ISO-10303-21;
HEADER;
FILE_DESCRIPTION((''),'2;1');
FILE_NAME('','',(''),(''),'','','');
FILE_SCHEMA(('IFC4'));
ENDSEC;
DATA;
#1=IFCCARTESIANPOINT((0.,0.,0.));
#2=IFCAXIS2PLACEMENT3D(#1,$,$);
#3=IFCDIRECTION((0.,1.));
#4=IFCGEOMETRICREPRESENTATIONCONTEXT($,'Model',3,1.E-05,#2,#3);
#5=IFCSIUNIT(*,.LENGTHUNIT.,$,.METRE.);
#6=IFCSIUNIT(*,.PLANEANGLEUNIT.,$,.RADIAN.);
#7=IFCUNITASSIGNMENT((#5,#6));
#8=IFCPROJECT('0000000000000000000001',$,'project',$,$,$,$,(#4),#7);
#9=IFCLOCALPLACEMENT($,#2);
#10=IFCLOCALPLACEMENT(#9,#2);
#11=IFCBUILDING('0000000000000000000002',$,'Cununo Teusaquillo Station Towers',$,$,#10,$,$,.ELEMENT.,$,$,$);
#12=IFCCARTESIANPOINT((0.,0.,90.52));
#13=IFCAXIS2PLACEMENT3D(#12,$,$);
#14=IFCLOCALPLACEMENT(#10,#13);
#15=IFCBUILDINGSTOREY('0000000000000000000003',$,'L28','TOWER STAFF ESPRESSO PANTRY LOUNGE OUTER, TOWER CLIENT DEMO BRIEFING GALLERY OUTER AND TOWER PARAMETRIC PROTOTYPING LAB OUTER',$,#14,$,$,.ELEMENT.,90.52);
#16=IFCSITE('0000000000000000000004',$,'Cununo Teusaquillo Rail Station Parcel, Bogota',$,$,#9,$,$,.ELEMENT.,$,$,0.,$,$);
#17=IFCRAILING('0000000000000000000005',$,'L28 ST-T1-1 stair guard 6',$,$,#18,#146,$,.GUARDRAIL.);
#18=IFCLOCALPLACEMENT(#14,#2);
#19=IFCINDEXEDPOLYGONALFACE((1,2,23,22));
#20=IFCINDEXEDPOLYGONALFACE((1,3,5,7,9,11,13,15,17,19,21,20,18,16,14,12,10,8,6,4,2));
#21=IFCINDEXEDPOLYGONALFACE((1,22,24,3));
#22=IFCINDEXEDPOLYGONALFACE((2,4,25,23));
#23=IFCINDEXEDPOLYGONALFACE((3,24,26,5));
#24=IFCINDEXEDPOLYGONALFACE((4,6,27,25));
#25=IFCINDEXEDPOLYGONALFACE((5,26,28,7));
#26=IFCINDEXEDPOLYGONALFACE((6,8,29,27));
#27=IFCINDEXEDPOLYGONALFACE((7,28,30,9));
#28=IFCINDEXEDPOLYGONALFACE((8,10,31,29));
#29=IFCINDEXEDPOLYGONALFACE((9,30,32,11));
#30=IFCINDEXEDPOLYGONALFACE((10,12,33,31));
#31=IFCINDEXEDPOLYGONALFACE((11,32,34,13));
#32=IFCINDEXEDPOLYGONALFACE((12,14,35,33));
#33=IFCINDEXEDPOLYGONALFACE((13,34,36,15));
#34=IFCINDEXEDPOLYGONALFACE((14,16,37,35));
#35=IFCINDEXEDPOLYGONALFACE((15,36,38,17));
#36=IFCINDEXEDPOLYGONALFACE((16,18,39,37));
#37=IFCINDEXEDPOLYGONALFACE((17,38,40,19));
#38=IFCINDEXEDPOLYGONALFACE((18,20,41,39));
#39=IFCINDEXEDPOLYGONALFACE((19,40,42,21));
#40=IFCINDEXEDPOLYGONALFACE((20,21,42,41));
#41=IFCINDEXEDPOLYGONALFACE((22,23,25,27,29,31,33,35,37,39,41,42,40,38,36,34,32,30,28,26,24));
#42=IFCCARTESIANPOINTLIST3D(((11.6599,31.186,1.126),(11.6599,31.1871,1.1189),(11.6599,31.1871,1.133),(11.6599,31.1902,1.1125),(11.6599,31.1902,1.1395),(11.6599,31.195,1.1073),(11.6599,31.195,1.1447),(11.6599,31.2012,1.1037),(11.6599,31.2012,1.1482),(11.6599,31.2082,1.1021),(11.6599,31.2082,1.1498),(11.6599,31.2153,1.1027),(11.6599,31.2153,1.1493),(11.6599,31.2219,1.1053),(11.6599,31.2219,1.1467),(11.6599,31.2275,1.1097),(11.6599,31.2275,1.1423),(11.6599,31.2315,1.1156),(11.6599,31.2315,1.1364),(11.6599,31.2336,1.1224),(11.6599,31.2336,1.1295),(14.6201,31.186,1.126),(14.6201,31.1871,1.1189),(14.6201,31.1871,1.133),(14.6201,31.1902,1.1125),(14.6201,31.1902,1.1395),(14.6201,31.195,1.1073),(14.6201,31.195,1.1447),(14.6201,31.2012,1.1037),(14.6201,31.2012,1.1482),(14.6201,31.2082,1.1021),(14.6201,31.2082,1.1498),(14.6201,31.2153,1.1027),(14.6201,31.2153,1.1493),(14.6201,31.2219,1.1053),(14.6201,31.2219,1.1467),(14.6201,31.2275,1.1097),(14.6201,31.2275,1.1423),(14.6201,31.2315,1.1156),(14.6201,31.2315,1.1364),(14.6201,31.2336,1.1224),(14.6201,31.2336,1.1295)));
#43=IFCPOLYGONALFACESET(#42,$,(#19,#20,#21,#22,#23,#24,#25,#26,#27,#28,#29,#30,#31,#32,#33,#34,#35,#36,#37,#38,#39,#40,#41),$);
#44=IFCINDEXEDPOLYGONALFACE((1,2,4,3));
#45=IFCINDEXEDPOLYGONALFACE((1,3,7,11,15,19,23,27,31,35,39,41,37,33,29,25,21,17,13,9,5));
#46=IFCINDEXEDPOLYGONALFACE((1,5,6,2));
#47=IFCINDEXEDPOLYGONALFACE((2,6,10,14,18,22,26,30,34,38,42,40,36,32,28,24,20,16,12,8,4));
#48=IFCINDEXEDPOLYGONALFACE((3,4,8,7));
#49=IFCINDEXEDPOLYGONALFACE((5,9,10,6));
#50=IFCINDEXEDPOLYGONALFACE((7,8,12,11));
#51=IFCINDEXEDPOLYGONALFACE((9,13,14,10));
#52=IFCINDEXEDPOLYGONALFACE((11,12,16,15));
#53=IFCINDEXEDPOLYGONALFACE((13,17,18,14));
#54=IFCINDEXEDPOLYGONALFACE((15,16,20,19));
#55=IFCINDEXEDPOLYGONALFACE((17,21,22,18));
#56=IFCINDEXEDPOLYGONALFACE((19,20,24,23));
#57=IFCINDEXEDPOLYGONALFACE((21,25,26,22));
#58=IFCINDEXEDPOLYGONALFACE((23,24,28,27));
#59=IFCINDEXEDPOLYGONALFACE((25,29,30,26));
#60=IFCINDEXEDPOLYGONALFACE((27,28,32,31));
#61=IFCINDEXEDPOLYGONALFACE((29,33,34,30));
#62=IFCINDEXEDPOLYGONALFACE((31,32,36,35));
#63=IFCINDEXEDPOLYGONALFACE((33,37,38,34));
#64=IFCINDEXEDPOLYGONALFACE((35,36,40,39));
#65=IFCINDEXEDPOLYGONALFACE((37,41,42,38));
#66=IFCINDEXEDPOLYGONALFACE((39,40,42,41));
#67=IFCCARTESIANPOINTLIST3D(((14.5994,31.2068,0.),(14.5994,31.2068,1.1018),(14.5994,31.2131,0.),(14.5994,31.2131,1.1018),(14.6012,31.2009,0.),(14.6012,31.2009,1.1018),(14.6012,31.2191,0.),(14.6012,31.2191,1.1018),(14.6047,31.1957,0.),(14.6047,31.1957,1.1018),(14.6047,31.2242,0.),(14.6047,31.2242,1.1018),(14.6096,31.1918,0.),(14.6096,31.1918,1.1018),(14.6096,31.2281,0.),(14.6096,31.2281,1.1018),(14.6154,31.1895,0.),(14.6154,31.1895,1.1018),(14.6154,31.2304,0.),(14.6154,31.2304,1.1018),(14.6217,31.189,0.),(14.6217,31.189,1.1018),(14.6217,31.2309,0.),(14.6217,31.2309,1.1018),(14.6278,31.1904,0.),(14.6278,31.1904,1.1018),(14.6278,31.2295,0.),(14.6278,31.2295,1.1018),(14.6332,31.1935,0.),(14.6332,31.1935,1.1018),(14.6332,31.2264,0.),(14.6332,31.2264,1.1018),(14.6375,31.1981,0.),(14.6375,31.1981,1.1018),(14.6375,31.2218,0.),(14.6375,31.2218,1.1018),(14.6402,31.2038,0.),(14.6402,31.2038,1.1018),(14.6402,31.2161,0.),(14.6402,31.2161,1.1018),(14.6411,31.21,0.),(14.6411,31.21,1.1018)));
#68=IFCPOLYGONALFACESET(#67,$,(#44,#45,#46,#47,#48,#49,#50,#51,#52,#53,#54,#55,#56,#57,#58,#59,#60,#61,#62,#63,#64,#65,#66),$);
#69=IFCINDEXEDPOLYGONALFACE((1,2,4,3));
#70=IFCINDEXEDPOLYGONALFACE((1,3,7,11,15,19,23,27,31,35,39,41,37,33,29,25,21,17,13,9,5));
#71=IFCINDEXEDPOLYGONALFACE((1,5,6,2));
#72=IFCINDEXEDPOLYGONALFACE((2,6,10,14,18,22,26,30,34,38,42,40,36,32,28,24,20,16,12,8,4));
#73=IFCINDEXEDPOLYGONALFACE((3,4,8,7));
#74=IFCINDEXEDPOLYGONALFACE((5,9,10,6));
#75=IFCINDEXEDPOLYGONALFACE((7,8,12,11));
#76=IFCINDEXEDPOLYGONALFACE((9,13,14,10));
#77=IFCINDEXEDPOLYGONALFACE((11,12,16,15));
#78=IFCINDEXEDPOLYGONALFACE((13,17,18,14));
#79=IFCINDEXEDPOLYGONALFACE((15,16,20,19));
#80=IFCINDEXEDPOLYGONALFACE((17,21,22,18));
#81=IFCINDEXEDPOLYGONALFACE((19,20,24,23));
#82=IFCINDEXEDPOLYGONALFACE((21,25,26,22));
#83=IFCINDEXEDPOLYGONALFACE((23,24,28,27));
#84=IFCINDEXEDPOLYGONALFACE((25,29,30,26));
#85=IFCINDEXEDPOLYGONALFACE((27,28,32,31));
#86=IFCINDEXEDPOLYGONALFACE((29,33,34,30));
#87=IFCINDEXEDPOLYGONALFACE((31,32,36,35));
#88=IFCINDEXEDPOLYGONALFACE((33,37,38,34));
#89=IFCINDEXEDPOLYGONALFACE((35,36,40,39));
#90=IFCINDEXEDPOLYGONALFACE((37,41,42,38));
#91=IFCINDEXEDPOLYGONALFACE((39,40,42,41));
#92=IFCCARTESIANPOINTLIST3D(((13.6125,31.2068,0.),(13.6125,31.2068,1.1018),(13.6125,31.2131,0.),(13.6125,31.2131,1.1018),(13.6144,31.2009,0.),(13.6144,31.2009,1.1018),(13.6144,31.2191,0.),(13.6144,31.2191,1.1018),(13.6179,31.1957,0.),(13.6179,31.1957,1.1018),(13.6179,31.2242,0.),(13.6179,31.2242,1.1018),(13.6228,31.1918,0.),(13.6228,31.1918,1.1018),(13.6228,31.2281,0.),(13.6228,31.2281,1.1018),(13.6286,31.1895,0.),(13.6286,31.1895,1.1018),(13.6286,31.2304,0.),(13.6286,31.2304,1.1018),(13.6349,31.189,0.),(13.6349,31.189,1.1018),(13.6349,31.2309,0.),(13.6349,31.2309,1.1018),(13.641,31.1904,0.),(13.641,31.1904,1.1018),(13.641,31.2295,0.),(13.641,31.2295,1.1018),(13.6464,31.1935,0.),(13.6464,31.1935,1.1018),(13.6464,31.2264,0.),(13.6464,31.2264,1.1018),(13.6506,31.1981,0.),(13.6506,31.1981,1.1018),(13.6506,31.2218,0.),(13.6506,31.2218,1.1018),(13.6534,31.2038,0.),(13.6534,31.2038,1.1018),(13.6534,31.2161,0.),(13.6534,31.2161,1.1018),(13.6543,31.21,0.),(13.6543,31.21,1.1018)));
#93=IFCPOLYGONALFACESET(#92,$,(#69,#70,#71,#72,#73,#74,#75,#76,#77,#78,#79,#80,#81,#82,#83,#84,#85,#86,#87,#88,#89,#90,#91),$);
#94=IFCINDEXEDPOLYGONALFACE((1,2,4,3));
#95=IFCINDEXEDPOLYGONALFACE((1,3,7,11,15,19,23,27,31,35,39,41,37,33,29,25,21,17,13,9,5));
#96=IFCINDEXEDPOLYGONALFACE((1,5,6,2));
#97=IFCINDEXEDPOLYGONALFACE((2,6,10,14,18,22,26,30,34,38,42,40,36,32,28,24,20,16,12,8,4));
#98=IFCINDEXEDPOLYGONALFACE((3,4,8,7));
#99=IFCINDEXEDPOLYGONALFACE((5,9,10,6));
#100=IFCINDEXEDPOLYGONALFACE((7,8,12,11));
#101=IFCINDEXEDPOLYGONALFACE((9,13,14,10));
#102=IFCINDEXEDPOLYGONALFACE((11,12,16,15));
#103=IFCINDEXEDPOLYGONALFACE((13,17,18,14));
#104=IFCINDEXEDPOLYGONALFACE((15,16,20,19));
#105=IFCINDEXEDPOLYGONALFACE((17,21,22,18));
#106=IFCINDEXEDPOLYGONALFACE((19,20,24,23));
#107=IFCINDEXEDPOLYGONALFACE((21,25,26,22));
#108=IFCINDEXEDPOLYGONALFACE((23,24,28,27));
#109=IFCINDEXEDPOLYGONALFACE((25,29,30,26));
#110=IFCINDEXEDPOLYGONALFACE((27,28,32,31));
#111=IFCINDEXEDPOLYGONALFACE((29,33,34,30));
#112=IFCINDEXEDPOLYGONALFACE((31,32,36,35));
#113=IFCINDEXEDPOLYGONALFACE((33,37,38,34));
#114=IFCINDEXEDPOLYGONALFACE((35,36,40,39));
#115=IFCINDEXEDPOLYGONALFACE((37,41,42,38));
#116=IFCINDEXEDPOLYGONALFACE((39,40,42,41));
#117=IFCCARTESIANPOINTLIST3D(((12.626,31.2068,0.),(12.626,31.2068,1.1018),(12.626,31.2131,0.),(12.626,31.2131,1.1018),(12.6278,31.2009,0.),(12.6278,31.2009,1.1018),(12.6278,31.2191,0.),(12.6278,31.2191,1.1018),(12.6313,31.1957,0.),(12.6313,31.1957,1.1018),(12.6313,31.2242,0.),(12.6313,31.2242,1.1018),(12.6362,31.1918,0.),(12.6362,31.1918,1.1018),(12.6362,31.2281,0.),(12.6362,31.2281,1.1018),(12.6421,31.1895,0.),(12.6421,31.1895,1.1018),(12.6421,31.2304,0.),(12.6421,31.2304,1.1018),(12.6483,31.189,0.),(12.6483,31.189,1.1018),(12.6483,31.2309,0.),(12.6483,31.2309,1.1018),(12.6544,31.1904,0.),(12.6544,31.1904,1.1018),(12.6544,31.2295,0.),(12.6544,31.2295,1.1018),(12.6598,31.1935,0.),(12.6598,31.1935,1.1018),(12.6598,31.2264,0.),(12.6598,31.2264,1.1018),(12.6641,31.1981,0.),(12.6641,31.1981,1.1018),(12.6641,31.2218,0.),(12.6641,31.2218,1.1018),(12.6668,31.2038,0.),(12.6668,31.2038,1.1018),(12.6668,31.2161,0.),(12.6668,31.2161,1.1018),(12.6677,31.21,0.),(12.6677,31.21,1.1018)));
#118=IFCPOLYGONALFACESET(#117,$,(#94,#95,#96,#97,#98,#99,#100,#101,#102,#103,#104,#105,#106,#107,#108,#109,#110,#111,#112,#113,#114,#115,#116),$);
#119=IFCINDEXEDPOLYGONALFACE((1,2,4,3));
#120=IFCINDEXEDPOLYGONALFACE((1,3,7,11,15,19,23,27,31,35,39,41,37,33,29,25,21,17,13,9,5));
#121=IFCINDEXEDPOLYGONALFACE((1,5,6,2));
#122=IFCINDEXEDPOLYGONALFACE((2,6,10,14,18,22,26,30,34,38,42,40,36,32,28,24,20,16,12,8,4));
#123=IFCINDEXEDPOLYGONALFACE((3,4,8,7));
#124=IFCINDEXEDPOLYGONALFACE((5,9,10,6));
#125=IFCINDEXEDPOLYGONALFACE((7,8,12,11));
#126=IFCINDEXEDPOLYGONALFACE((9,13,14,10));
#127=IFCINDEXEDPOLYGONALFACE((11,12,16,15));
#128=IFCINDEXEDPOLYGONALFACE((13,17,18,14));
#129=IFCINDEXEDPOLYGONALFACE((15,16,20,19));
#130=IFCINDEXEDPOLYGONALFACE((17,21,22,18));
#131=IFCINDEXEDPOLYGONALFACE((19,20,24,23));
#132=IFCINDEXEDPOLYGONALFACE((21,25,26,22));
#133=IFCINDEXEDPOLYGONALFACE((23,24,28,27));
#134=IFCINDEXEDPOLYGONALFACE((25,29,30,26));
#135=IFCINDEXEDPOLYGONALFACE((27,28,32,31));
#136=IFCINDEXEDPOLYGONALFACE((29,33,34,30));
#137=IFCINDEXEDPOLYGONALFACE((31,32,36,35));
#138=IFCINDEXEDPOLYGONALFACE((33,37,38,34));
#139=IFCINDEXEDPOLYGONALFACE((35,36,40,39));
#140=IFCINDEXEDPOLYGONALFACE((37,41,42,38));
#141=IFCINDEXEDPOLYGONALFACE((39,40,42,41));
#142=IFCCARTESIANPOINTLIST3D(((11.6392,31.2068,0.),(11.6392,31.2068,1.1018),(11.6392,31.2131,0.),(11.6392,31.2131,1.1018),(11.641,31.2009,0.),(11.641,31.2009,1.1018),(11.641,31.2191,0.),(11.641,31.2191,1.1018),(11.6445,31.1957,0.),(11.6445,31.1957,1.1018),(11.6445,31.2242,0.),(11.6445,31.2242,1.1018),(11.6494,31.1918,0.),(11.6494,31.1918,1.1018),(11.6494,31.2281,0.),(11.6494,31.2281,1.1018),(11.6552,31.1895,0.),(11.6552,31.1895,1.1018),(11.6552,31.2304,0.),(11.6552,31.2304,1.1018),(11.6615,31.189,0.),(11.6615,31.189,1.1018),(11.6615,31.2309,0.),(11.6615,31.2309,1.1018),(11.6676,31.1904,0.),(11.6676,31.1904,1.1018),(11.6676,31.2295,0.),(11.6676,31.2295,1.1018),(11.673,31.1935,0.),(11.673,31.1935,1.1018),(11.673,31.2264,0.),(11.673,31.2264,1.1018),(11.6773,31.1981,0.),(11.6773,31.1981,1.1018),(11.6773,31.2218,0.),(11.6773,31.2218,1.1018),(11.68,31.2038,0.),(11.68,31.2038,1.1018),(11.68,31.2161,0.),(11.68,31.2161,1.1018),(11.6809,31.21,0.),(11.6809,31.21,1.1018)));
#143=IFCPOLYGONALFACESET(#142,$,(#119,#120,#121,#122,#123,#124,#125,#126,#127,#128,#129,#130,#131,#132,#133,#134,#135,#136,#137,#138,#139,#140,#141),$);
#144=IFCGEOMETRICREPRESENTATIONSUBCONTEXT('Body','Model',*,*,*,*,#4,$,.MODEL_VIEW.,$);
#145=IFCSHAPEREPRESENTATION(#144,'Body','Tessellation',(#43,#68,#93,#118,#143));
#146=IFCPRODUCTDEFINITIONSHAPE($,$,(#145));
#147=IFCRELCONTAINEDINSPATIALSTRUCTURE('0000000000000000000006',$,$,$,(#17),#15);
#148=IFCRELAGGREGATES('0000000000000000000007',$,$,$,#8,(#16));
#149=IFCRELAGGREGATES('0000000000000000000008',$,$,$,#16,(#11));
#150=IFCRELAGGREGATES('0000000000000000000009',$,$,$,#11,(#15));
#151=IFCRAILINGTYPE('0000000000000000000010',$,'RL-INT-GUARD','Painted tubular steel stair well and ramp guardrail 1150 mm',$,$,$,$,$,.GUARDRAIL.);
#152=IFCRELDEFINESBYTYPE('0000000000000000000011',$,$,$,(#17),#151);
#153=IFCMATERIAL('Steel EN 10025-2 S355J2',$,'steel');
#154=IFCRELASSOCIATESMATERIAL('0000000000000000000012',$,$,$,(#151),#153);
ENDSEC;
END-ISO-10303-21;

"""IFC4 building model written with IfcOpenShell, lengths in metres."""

from ifc_helpers import new_model, si_unit, direction, frame, origin, origin_2d, place, context, subcontext, project, spatial, circle, extrude, material, type_object, element, save


model = new_model("IFC4")

# Units and contexts
model_context = context("Model", 3, precision=1e-05, world=origin(), true_north=direction((0.0, 1.0)))
body_context = subcontext(model_context, "Body", "Model", "MODEL_VIEW")
ifc_project = project(units=[si_unit("LENGTHUNIT", "METRE"), si_unit("PLANEANGLEUNIT", "RADIAN")], contexts=[model_context])

# Site, building, storey
site_placement = place(None, origin())
site = spatial("IfcSite", under=ifc_project, at=site_placement, Name="Cununo Teusaquillo Rail Station Parcel, Bogota", CompositionType="ELEMENT", RefElevation=0.0)
building_placement = place(site_placement, origin())
building = spatial("IfcBuilding", under=site, at=building_placement, Name="Cununo Teusaquillo Station Towers", CompositionType="ELEMENT")
storey_placement = place(building_placement, frame((0.0, 0.0, 90.52)))
storey = spatial("IfcBuildingStorey", under=building, at=storey_placement, Name="L28", Description="TOWER STAFF ESPRESSO PANTRY LOUNGE OUTER, TOWER CLIENT DEMO BRIEFING GALLERY OUTER AND TOWER PARAMETRIC PROTOTYPING LAB OUTER", CompositionType="ELEMENT", Elevation=90.52)

# Railing
ifc_material_1 = material(Name="Steel EN 10025-2 S355J2", Category="steel")
railing_type_1 = type_object("IfcRailingType", Name="RL-INT-GUARD", Description="Painted tubular steel stair well and ramp guardrail 1150 mm", PredefinedType="GUARDRAIL", material=ifc_material_1)
railing_1_placement = place(storey_placement, frame((14.6201, 31.21, 0.0)))
element("IfcRailing", 1, at=railing_1_placement, inside=storey, type_object=railing_type_1, Name="L28 ST-T1-1 stair guard 6", PredefinedType="GUARDRAIL", context=body_context, shape_type="SweptSolid", body=[
    extrude(circle(Radius=0.0239, at=origin_2d()), frame((0.0, 0.0, 1.126), z_axis=(-1.0, 0.0, 0.0), x_axis=(0.0, -1.0, 0.0)), (0.0, 0.0, 1.0), 2.9602),
    extrude(circle(Radius=0.021, at=origin_2d()), origin(), (0.0, 0.0, 1.0), 1.1018),
    extrude(circle(Radius=0.021, at=origin_2d()), frame((-0.9868, 0.0, 0.0)), (0.0, 0.0, 1.0), 1.1018),
    extrude(circle(Radius=0.021, at=origin_2d()), frame((-1.9734, 0.0, 0.0)), (0.0, 0.0, 1.0), 1.1018),
    extrude(circle(Radius=0.021, at=origin_2d()), frame((-2.9602, 0.0, 0.0)), (0.0, 0.0, 1.0), 1.1018),
])

save(model, "model.ifc")
